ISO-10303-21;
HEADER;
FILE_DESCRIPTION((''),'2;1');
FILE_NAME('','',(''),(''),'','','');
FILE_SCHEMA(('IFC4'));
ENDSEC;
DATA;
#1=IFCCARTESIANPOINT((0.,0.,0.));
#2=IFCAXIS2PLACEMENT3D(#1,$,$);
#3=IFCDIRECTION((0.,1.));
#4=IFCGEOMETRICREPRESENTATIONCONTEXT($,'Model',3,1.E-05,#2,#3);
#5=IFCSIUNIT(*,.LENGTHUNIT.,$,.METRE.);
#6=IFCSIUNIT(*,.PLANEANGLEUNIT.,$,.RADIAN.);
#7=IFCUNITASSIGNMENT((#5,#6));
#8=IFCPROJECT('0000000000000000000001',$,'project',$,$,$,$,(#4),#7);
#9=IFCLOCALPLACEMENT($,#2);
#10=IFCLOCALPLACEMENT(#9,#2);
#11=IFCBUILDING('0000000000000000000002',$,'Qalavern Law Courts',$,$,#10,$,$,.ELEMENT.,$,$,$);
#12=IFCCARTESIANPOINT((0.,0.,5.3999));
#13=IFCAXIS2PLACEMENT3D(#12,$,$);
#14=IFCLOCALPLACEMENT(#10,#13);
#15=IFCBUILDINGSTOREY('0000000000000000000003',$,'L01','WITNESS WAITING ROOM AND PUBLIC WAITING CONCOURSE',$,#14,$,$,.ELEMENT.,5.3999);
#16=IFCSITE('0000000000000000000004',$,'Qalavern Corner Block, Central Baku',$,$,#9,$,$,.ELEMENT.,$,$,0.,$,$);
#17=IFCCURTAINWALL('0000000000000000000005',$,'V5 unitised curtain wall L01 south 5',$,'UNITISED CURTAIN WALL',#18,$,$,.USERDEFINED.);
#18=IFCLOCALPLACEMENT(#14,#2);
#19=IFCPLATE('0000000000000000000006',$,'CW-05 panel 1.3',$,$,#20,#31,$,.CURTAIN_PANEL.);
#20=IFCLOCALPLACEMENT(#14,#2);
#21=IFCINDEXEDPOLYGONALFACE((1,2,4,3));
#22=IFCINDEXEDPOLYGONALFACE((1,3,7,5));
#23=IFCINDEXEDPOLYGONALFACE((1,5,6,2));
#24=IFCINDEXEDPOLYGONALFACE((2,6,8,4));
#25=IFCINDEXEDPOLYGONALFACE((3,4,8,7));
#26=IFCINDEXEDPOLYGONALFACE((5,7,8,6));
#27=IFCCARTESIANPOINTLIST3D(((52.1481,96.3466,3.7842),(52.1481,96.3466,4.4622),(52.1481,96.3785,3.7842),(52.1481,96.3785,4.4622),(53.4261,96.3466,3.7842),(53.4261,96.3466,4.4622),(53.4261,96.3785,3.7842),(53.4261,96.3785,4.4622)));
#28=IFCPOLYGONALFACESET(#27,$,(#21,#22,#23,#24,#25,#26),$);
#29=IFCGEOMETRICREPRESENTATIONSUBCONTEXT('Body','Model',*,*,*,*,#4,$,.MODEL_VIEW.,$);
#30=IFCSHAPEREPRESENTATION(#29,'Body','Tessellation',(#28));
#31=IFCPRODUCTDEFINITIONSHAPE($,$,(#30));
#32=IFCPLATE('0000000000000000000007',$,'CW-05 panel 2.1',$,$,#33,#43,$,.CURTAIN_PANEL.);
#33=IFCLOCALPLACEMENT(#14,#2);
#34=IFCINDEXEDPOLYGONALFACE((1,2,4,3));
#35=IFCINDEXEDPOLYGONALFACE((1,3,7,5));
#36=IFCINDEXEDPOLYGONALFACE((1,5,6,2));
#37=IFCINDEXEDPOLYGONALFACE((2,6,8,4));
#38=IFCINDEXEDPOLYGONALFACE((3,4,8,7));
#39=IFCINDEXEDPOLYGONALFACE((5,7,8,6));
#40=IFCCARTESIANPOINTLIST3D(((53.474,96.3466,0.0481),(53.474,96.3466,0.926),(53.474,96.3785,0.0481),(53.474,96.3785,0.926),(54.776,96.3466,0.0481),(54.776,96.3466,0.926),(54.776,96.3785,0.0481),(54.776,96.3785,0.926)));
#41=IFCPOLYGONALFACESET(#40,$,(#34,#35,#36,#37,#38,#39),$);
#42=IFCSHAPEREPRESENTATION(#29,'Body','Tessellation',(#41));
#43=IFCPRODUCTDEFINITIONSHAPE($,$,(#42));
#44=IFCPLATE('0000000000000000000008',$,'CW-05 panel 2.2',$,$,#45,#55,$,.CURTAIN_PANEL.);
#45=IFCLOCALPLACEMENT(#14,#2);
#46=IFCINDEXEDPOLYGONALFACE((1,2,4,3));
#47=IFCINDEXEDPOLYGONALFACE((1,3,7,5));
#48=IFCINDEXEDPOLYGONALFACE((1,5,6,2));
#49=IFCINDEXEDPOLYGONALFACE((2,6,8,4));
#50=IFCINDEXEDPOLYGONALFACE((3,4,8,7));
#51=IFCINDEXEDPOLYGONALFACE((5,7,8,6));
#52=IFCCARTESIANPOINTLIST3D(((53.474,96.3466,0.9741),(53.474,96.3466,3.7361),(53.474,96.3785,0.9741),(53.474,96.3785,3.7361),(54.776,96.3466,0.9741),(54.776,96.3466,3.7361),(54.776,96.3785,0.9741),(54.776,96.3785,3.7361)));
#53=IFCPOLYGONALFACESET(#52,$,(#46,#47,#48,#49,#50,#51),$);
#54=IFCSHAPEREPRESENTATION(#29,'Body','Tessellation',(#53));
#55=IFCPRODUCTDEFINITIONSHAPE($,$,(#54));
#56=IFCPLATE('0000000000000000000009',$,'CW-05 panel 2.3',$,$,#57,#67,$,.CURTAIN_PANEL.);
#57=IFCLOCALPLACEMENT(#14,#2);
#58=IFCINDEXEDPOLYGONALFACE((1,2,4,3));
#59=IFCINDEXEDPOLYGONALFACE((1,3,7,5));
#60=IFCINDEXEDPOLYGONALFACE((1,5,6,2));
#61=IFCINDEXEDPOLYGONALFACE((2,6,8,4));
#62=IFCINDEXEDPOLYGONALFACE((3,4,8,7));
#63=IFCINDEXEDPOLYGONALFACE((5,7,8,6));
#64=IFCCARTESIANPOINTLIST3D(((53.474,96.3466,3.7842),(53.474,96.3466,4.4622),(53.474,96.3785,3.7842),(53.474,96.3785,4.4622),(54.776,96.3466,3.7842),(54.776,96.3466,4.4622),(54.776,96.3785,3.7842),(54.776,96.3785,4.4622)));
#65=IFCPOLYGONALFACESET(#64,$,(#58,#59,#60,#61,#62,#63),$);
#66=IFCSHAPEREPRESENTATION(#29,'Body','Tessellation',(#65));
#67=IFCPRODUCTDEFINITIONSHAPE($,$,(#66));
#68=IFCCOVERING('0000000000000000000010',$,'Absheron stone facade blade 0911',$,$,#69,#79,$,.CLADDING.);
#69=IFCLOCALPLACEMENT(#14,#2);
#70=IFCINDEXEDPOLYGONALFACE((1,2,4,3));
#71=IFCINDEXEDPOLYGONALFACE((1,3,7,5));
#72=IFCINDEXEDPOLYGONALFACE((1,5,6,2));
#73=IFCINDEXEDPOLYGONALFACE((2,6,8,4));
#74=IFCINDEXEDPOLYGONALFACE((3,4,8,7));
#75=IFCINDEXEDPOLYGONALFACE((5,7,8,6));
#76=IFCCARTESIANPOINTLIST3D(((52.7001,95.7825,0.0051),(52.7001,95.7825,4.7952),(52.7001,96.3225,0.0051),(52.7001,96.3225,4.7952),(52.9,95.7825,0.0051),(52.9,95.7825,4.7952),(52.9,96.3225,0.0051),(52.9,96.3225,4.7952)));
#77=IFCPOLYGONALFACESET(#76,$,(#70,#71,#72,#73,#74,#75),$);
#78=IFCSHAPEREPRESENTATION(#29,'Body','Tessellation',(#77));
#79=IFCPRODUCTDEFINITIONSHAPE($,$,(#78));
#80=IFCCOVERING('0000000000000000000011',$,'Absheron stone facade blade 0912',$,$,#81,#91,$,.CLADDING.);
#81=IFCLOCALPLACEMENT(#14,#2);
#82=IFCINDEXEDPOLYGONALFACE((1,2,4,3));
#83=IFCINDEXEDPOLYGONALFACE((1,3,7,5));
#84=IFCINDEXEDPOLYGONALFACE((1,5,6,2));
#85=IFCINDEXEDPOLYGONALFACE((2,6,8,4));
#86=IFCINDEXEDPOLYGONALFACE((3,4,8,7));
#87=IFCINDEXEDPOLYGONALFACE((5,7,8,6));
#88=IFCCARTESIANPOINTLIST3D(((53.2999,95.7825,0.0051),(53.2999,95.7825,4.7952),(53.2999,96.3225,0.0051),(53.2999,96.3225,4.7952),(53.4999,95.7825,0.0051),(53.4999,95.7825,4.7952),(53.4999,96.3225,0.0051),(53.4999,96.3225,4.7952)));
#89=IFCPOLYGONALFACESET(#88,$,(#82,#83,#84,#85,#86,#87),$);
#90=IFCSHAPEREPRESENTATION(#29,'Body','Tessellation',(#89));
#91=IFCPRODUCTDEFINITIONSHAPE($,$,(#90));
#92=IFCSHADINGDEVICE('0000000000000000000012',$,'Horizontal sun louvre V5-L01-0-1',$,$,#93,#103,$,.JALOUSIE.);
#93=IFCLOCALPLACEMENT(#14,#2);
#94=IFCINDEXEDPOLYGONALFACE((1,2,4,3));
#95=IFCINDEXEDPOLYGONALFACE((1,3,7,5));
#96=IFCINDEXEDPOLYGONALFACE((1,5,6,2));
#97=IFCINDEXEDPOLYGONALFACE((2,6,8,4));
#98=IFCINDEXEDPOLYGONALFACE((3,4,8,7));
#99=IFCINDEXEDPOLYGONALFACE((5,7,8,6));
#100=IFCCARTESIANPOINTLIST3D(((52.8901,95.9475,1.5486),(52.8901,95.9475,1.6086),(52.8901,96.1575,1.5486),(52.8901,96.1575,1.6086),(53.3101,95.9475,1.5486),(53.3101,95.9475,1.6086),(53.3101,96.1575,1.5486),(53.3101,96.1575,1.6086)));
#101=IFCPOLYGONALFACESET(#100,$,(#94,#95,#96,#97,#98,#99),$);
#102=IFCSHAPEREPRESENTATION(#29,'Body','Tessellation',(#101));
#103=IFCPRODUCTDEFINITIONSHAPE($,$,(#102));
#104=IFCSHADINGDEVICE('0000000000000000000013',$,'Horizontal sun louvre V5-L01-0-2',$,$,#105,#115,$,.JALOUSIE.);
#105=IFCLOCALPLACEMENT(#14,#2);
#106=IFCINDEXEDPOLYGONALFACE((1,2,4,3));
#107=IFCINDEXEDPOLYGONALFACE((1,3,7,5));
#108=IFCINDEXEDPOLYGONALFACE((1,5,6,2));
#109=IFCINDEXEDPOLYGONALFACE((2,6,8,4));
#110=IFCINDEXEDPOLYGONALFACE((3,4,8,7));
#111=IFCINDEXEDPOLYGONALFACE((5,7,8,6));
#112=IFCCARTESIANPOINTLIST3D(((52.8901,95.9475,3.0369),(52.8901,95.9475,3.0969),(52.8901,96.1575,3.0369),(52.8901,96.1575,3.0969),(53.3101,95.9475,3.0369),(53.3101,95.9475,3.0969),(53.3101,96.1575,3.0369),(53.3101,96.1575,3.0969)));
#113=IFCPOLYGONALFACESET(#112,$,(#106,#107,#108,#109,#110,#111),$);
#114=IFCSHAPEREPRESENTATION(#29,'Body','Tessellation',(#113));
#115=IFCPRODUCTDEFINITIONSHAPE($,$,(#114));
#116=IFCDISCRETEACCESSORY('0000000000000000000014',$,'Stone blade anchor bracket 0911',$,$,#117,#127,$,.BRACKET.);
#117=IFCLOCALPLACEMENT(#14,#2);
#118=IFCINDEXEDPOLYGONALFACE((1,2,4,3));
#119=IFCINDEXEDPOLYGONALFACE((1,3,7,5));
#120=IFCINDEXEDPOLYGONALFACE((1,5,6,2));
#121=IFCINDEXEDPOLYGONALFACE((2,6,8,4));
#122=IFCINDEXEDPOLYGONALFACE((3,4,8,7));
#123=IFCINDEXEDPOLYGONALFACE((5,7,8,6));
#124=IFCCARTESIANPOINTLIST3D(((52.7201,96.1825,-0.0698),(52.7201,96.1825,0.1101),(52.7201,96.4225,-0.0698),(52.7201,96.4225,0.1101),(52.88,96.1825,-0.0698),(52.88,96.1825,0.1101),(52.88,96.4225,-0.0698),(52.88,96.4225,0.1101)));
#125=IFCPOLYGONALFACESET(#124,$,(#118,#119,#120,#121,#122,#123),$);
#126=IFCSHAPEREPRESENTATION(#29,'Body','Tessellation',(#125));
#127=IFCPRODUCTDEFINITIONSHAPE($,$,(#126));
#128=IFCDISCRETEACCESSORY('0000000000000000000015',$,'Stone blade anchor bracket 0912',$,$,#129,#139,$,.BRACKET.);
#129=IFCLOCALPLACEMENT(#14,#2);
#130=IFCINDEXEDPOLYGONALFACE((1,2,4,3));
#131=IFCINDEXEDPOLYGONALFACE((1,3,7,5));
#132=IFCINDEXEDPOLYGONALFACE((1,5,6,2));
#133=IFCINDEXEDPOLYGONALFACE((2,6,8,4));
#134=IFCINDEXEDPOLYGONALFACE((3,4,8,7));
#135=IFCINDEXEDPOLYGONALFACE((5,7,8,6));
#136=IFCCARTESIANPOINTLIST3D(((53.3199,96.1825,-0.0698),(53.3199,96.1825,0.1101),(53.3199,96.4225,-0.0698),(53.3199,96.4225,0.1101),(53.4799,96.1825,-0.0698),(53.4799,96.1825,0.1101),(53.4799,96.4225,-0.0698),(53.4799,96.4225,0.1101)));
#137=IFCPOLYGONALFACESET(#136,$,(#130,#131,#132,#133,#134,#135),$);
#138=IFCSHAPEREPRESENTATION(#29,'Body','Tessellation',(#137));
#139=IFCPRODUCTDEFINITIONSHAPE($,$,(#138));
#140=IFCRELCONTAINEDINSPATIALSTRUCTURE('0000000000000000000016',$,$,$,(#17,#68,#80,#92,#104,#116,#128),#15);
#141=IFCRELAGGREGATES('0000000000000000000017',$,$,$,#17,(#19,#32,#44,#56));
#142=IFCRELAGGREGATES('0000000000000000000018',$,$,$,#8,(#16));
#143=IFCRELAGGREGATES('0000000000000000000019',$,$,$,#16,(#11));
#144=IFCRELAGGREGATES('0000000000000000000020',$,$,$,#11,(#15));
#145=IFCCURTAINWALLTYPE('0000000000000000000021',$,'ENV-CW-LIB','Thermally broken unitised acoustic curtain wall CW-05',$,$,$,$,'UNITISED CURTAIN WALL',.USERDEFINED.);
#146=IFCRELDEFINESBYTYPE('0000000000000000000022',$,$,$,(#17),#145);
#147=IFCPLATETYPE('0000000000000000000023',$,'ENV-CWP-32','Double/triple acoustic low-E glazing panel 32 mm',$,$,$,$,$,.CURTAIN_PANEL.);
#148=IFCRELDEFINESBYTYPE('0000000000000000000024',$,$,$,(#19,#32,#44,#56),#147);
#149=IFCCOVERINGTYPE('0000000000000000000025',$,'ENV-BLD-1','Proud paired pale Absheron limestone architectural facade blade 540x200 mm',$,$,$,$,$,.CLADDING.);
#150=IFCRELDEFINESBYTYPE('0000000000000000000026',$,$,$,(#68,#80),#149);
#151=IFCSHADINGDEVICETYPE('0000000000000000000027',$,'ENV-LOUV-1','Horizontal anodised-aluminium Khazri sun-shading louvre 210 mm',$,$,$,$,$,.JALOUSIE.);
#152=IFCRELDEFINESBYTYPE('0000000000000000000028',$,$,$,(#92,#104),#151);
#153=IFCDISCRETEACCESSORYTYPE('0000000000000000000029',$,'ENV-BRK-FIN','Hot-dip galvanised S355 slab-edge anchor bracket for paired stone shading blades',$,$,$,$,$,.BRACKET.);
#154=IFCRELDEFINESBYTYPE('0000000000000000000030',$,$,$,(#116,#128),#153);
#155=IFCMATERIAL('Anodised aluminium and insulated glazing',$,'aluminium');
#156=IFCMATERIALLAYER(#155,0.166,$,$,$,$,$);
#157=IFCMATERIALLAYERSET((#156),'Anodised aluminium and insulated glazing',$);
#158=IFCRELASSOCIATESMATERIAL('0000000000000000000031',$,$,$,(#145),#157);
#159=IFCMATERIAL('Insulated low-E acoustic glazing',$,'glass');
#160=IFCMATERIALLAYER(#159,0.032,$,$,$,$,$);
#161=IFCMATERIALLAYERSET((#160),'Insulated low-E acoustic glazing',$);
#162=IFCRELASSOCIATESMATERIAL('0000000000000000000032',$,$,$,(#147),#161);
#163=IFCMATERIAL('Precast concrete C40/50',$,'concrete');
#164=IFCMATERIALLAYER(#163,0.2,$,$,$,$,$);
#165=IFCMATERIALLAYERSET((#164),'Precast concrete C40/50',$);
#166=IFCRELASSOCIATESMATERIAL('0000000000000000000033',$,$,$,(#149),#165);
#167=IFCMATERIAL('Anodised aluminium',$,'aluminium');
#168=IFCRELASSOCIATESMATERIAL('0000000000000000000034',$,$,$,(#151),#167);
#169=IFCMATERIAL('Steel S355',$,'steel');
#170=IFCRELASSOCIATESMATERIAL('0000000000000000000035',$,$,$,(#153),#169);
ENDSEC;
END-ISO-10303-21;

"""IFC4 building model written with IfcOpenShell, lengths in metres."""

from ifc_helpers import new_model, si_unit, direction, frame, origin, origin_2d, place, context, subcontext, project, spatial, rectangle, extrude, material, layer, layer_set, type_object, element, aggregate, save


model = new_model("IFC4")

# Units and contexts
model_context = context("Model", 3, precision=1e-05, world=origin(), true_north=direction((0.0, 1.0)))
body_context = subcontext(model_context, "Body", "Model", "MODEL_VIEW")
ifc_project = project(units=[si_unit("LENGTHUNIT", "METRE"), si_unit("PLANEANGLEUNIT", "RADIAN")], contexts=[model_context])

# Site, building, storey
site_placement = place(None, origin())
site = spatial("IfcSite", under=ifc_project, at=site_placement, Name="Qalavern Corner Block, Central Baku", CompositionType="ELEMENT", RefElevation=0.0)
building_placement = place(site_placement, origin())
building = spatial("IfcBuilding", under=site, at=building_placement, Name="Qalavern Law Courts", CompositionType="ELEMENT")
storey_placement = place(building_placement, frame((0.0, 0.0, 5.3999)))
storey = spatial("IfcBuildingStorey", under=building, at=storey_placement, Name="L01", Description="WITNESS WAITING ROOM AND PUBLIC WAITING CONCOURSE", CompositionType="ELEMENT", Elevation=5.3999)

# Curtain wall, plates
ifc_material_1 = material(Name="Anodised aluminium and insulated glazing", Category="aluminium")
ifc_layer_1 = layer(ifc_material_1, 0.166)
ifc_layer_set_1 = layer_set([ifc_layer_1], Name="Anodised aluminium and insulated glazing")
curtain_wall_type = type_object("IfcCurtainWallType", Name="ENV-CW-LIB", Description="Thermally broken unitised acoustic curtain wall CW-05", ElementType="UNITISED CURTAIN WALL", PredefinedType="USERDEFINED", material=ifc_layer_set_1)
curtain_wall_placement = place(storey_placement, origin())
curtain_wall = element("IfcCurtainWall", 1, at=curtain_wall_placement, inside=storey, type_object=curtain_wall_type, Name="V5 unitised curtain wall L01 south 5", ObjectType="UNITISED CURTAIN WALL", PredefinedType="USERDEFINED")
ifc_material_2 = material(Name="Anodised aluminium", Category="aluminium")
ifc_material_3 = material(Name="Insulated low-E acoustic glazing", Category="glass")
ifc_layer_2 = layer(ifc_material_3, 0.032)
ifc_layer_set_2 = layer_set([ifc_layer_2], Name="Insulated low-E acoustic glazing")
plate_type = type_object("IfcPlateType", Name="ENV-CWP-32", Description="Double/triple acoustic low-E glazing panel 32 mm", PredefinedType="CURTAIN_PANEL", material=ifc_layer_set_2)
plate_1_placement = place(storey_placement, frame((52.7871, 96.3625, 3.7842), z_axis=(0.0, 0.0, 1.0), x_axis=(1.0, 0.0, 0.0)))
plate_1 = element("IfcPlate", 2, at=plate_1_placement, type_object=plate_type, Name="CW-05 panel 1.3", PredefinedType="CURTAIN_PANEL", context=body_context, shape_type="SweptSolid", body=[
    extrude(rectangle(XDim=1.2781, YDim=0.032, at=origin_2d()), origin(), (0.0, 0.0, 1.0), 0.678),
])
plate_2_placement = place(storey_placement, frame((54.125, 96.3625, 0.0481), z_axis=(0.0, 0.0, 1.0), x_axis=(1.0, 0.0, 0.0)))
plate_2 = element("IfcPlate", 3, at=plate_2_placement, type_object=plate_type, Name="CW-05 panel 2.1", PredefinedType="CURTAIN_PANEL", context=body_context, shape_type="SweptSolid", body=[
    extrude(rectangle(XDim=1.302, YDim=0.032, at=origin_2d()), origin(), (0.0, 0.0, 1.0), 0.8779),
])
plate_3_placement = place(storey_placement, frame((54.125, 96.3625, 0.9741), z_axis=(0.0, 0.0, 1.0), x_axis=(1.0, 0.0, 0.0)))
plate_3 = element("IfcPlate", 4, at=plate_3_placement, type_object=plate_type, Name="CW-05 panel 2.2", PredefinedType="CURTAIN_PANEL", context=body_context, shape_type="SweptSolid", body=[
    extrude(rectangle(XDim=1.302, YDim=0.032, at=origin_2d()), origin(), (0.0, 0.0, 1.0), 2.762),
])
plate_4_placement = place(storey_placement, frame((54.125, 96.3625, 3.7842), z_axis=(0.0, 0.0, 1.0), x_axis=(1.0, 0.0, 0.0)))
plate_4 = element("IfcPlate", 5, at=plate_4_placement, type_object=plate_type, Name="CW-05 panel 2.3", PredefinedType="CURTAIN_PANEL", context=body_context, shape_type="SweptSolid", body=[
    extrude(rectangle(XDim=1.302, YDim=0.032, at=origin_2d()), origin(), (0.0, 0.0, 1.0), 0.678),
])
aggregate(curtain_wall, [plate_1, plate_2, plate_3, plate_4])

# Coverings
ifc_material_4 = material(Name="Precast concrete C40/50", Category="concrete")
ifc_layer_3 = layer(ifc_material_4, 0.2)
ifc_layer_set_3 = layer_set([ifc_layer_3], Name="Precast concrete C40/50")
covering_type = type_object("IfcCoveringType", Name="ENV-BLD-1", Description="Proud paired pale Absheron limestone architectural facade blade 540x200 mm", PredefinedType="CLADDING", material=ifc_layer_set_3)
for number, where, z_axis, x_axis, name in (
    (6, (52.8, 96.0525, 0.0051), (0.0, 0.0, 1.0), (0.0, -1.0, 0.0), "Absheron stone facade blade 0911"),
    (7, (53.3999, 96.0525, 0.0051), (0.0, 0.0, 1.0), (0.0, -1.0, 0.0), "Absheron stone facade blade 0912"),
):
    element("IfcCovering", number, at=place(storey_placement, frame(where, z_axis=z_axis, x_axis=x_axis)), inside=storey, type_object=covering_type, Name=name, PredefinedType="CLADDING", context=body_context, shape_type="SweptSolid", body=[
        extrude(rectangle(XDim=0.54, YDim=0.2, at=origin_2d()), origin(), (0.0, 0.0, 1.0), 4.79),
    ])

# Shading devices
shading_device_type = type_object("IfcShadingDeviceType", Name="ENV-LOUV-1", Description="Horizontal anodised-aluminium Khazri sun-shading louvre 210 mm", PredefinedType="JALOUSIE", material=ifc_material_2)
for number, where, z_axis, x_axis, name in (
    (8, (53.1001, 96.0525, 1.5486), (0.0, 0.0, 1.0), (1.0, 0.0, 0.0), "Horizontal sun louvre V5-L01-0-1"),
    (9, (53.1001, 96.0525, 3.0369), (0.0, 0.0, 1.0), (1.0, 0.0, 0.0), "Horizontal sun louvre V5-L01-0-2"),
):
    element("IfcShadingDevice", number, at=place(storey_placement, frame(where, z_axis=z_axis, x_axis=x_axis)), inside=storey, type_object=shading_device_type, Name=name, PredefinedType="JALOUSIE", context=body_context, shape_type="SweptSolid", body=[
        extrude(rectangle(XDim=0.4199, YDim=0.21, at=origin_2d()), origin(), (0.0, 0.0, 1.0), 0.0601),
    ])

# Discrete accessories
ifc_material_5 = material(Name="Steel S355", Category="steel")
discrete_accessory_type = type_object("IfcDiscreteAccessoryType", Name="ENV-BRK-FIN", Description="Hot-dip galvanised S355 slab-edge anchor bracket for paired stone shading blades", PredefinedType="BRACKET", material=ifc_material_5)
for number, where, z_axis, x_axis, name in (
    (10, (52.8, 96.3025, -0.0698), (0.0, 0.0, 1.0), (0.0, -1.0, 0.0), "Stone blade anchor bracket 0911"),
    (11, (53.3999, 96.3025, -0.0698), (0.0, 0.0, 1.0), (0.0, -1.0, 0.0), "Stone blade anchor bracket 0912"),
):
    element("IfcDiscreteAccessory", number, at=place(storey_placement, frame(where, z_axis=z_axis, x_axis=x_axis)), inside=storey, type_object=discrete_accessory_type, Name=name, PredefinedType="BRACKET", context=body_context, shape_type="SweptSolid", body=[
        extrude(rectangle(XDim=0.24, YDim=0.1599, at=origin_2d()), origin(), (0.0, 0.0, 1.0), 0.1799),
    ])

save(model, "model.ifc")
